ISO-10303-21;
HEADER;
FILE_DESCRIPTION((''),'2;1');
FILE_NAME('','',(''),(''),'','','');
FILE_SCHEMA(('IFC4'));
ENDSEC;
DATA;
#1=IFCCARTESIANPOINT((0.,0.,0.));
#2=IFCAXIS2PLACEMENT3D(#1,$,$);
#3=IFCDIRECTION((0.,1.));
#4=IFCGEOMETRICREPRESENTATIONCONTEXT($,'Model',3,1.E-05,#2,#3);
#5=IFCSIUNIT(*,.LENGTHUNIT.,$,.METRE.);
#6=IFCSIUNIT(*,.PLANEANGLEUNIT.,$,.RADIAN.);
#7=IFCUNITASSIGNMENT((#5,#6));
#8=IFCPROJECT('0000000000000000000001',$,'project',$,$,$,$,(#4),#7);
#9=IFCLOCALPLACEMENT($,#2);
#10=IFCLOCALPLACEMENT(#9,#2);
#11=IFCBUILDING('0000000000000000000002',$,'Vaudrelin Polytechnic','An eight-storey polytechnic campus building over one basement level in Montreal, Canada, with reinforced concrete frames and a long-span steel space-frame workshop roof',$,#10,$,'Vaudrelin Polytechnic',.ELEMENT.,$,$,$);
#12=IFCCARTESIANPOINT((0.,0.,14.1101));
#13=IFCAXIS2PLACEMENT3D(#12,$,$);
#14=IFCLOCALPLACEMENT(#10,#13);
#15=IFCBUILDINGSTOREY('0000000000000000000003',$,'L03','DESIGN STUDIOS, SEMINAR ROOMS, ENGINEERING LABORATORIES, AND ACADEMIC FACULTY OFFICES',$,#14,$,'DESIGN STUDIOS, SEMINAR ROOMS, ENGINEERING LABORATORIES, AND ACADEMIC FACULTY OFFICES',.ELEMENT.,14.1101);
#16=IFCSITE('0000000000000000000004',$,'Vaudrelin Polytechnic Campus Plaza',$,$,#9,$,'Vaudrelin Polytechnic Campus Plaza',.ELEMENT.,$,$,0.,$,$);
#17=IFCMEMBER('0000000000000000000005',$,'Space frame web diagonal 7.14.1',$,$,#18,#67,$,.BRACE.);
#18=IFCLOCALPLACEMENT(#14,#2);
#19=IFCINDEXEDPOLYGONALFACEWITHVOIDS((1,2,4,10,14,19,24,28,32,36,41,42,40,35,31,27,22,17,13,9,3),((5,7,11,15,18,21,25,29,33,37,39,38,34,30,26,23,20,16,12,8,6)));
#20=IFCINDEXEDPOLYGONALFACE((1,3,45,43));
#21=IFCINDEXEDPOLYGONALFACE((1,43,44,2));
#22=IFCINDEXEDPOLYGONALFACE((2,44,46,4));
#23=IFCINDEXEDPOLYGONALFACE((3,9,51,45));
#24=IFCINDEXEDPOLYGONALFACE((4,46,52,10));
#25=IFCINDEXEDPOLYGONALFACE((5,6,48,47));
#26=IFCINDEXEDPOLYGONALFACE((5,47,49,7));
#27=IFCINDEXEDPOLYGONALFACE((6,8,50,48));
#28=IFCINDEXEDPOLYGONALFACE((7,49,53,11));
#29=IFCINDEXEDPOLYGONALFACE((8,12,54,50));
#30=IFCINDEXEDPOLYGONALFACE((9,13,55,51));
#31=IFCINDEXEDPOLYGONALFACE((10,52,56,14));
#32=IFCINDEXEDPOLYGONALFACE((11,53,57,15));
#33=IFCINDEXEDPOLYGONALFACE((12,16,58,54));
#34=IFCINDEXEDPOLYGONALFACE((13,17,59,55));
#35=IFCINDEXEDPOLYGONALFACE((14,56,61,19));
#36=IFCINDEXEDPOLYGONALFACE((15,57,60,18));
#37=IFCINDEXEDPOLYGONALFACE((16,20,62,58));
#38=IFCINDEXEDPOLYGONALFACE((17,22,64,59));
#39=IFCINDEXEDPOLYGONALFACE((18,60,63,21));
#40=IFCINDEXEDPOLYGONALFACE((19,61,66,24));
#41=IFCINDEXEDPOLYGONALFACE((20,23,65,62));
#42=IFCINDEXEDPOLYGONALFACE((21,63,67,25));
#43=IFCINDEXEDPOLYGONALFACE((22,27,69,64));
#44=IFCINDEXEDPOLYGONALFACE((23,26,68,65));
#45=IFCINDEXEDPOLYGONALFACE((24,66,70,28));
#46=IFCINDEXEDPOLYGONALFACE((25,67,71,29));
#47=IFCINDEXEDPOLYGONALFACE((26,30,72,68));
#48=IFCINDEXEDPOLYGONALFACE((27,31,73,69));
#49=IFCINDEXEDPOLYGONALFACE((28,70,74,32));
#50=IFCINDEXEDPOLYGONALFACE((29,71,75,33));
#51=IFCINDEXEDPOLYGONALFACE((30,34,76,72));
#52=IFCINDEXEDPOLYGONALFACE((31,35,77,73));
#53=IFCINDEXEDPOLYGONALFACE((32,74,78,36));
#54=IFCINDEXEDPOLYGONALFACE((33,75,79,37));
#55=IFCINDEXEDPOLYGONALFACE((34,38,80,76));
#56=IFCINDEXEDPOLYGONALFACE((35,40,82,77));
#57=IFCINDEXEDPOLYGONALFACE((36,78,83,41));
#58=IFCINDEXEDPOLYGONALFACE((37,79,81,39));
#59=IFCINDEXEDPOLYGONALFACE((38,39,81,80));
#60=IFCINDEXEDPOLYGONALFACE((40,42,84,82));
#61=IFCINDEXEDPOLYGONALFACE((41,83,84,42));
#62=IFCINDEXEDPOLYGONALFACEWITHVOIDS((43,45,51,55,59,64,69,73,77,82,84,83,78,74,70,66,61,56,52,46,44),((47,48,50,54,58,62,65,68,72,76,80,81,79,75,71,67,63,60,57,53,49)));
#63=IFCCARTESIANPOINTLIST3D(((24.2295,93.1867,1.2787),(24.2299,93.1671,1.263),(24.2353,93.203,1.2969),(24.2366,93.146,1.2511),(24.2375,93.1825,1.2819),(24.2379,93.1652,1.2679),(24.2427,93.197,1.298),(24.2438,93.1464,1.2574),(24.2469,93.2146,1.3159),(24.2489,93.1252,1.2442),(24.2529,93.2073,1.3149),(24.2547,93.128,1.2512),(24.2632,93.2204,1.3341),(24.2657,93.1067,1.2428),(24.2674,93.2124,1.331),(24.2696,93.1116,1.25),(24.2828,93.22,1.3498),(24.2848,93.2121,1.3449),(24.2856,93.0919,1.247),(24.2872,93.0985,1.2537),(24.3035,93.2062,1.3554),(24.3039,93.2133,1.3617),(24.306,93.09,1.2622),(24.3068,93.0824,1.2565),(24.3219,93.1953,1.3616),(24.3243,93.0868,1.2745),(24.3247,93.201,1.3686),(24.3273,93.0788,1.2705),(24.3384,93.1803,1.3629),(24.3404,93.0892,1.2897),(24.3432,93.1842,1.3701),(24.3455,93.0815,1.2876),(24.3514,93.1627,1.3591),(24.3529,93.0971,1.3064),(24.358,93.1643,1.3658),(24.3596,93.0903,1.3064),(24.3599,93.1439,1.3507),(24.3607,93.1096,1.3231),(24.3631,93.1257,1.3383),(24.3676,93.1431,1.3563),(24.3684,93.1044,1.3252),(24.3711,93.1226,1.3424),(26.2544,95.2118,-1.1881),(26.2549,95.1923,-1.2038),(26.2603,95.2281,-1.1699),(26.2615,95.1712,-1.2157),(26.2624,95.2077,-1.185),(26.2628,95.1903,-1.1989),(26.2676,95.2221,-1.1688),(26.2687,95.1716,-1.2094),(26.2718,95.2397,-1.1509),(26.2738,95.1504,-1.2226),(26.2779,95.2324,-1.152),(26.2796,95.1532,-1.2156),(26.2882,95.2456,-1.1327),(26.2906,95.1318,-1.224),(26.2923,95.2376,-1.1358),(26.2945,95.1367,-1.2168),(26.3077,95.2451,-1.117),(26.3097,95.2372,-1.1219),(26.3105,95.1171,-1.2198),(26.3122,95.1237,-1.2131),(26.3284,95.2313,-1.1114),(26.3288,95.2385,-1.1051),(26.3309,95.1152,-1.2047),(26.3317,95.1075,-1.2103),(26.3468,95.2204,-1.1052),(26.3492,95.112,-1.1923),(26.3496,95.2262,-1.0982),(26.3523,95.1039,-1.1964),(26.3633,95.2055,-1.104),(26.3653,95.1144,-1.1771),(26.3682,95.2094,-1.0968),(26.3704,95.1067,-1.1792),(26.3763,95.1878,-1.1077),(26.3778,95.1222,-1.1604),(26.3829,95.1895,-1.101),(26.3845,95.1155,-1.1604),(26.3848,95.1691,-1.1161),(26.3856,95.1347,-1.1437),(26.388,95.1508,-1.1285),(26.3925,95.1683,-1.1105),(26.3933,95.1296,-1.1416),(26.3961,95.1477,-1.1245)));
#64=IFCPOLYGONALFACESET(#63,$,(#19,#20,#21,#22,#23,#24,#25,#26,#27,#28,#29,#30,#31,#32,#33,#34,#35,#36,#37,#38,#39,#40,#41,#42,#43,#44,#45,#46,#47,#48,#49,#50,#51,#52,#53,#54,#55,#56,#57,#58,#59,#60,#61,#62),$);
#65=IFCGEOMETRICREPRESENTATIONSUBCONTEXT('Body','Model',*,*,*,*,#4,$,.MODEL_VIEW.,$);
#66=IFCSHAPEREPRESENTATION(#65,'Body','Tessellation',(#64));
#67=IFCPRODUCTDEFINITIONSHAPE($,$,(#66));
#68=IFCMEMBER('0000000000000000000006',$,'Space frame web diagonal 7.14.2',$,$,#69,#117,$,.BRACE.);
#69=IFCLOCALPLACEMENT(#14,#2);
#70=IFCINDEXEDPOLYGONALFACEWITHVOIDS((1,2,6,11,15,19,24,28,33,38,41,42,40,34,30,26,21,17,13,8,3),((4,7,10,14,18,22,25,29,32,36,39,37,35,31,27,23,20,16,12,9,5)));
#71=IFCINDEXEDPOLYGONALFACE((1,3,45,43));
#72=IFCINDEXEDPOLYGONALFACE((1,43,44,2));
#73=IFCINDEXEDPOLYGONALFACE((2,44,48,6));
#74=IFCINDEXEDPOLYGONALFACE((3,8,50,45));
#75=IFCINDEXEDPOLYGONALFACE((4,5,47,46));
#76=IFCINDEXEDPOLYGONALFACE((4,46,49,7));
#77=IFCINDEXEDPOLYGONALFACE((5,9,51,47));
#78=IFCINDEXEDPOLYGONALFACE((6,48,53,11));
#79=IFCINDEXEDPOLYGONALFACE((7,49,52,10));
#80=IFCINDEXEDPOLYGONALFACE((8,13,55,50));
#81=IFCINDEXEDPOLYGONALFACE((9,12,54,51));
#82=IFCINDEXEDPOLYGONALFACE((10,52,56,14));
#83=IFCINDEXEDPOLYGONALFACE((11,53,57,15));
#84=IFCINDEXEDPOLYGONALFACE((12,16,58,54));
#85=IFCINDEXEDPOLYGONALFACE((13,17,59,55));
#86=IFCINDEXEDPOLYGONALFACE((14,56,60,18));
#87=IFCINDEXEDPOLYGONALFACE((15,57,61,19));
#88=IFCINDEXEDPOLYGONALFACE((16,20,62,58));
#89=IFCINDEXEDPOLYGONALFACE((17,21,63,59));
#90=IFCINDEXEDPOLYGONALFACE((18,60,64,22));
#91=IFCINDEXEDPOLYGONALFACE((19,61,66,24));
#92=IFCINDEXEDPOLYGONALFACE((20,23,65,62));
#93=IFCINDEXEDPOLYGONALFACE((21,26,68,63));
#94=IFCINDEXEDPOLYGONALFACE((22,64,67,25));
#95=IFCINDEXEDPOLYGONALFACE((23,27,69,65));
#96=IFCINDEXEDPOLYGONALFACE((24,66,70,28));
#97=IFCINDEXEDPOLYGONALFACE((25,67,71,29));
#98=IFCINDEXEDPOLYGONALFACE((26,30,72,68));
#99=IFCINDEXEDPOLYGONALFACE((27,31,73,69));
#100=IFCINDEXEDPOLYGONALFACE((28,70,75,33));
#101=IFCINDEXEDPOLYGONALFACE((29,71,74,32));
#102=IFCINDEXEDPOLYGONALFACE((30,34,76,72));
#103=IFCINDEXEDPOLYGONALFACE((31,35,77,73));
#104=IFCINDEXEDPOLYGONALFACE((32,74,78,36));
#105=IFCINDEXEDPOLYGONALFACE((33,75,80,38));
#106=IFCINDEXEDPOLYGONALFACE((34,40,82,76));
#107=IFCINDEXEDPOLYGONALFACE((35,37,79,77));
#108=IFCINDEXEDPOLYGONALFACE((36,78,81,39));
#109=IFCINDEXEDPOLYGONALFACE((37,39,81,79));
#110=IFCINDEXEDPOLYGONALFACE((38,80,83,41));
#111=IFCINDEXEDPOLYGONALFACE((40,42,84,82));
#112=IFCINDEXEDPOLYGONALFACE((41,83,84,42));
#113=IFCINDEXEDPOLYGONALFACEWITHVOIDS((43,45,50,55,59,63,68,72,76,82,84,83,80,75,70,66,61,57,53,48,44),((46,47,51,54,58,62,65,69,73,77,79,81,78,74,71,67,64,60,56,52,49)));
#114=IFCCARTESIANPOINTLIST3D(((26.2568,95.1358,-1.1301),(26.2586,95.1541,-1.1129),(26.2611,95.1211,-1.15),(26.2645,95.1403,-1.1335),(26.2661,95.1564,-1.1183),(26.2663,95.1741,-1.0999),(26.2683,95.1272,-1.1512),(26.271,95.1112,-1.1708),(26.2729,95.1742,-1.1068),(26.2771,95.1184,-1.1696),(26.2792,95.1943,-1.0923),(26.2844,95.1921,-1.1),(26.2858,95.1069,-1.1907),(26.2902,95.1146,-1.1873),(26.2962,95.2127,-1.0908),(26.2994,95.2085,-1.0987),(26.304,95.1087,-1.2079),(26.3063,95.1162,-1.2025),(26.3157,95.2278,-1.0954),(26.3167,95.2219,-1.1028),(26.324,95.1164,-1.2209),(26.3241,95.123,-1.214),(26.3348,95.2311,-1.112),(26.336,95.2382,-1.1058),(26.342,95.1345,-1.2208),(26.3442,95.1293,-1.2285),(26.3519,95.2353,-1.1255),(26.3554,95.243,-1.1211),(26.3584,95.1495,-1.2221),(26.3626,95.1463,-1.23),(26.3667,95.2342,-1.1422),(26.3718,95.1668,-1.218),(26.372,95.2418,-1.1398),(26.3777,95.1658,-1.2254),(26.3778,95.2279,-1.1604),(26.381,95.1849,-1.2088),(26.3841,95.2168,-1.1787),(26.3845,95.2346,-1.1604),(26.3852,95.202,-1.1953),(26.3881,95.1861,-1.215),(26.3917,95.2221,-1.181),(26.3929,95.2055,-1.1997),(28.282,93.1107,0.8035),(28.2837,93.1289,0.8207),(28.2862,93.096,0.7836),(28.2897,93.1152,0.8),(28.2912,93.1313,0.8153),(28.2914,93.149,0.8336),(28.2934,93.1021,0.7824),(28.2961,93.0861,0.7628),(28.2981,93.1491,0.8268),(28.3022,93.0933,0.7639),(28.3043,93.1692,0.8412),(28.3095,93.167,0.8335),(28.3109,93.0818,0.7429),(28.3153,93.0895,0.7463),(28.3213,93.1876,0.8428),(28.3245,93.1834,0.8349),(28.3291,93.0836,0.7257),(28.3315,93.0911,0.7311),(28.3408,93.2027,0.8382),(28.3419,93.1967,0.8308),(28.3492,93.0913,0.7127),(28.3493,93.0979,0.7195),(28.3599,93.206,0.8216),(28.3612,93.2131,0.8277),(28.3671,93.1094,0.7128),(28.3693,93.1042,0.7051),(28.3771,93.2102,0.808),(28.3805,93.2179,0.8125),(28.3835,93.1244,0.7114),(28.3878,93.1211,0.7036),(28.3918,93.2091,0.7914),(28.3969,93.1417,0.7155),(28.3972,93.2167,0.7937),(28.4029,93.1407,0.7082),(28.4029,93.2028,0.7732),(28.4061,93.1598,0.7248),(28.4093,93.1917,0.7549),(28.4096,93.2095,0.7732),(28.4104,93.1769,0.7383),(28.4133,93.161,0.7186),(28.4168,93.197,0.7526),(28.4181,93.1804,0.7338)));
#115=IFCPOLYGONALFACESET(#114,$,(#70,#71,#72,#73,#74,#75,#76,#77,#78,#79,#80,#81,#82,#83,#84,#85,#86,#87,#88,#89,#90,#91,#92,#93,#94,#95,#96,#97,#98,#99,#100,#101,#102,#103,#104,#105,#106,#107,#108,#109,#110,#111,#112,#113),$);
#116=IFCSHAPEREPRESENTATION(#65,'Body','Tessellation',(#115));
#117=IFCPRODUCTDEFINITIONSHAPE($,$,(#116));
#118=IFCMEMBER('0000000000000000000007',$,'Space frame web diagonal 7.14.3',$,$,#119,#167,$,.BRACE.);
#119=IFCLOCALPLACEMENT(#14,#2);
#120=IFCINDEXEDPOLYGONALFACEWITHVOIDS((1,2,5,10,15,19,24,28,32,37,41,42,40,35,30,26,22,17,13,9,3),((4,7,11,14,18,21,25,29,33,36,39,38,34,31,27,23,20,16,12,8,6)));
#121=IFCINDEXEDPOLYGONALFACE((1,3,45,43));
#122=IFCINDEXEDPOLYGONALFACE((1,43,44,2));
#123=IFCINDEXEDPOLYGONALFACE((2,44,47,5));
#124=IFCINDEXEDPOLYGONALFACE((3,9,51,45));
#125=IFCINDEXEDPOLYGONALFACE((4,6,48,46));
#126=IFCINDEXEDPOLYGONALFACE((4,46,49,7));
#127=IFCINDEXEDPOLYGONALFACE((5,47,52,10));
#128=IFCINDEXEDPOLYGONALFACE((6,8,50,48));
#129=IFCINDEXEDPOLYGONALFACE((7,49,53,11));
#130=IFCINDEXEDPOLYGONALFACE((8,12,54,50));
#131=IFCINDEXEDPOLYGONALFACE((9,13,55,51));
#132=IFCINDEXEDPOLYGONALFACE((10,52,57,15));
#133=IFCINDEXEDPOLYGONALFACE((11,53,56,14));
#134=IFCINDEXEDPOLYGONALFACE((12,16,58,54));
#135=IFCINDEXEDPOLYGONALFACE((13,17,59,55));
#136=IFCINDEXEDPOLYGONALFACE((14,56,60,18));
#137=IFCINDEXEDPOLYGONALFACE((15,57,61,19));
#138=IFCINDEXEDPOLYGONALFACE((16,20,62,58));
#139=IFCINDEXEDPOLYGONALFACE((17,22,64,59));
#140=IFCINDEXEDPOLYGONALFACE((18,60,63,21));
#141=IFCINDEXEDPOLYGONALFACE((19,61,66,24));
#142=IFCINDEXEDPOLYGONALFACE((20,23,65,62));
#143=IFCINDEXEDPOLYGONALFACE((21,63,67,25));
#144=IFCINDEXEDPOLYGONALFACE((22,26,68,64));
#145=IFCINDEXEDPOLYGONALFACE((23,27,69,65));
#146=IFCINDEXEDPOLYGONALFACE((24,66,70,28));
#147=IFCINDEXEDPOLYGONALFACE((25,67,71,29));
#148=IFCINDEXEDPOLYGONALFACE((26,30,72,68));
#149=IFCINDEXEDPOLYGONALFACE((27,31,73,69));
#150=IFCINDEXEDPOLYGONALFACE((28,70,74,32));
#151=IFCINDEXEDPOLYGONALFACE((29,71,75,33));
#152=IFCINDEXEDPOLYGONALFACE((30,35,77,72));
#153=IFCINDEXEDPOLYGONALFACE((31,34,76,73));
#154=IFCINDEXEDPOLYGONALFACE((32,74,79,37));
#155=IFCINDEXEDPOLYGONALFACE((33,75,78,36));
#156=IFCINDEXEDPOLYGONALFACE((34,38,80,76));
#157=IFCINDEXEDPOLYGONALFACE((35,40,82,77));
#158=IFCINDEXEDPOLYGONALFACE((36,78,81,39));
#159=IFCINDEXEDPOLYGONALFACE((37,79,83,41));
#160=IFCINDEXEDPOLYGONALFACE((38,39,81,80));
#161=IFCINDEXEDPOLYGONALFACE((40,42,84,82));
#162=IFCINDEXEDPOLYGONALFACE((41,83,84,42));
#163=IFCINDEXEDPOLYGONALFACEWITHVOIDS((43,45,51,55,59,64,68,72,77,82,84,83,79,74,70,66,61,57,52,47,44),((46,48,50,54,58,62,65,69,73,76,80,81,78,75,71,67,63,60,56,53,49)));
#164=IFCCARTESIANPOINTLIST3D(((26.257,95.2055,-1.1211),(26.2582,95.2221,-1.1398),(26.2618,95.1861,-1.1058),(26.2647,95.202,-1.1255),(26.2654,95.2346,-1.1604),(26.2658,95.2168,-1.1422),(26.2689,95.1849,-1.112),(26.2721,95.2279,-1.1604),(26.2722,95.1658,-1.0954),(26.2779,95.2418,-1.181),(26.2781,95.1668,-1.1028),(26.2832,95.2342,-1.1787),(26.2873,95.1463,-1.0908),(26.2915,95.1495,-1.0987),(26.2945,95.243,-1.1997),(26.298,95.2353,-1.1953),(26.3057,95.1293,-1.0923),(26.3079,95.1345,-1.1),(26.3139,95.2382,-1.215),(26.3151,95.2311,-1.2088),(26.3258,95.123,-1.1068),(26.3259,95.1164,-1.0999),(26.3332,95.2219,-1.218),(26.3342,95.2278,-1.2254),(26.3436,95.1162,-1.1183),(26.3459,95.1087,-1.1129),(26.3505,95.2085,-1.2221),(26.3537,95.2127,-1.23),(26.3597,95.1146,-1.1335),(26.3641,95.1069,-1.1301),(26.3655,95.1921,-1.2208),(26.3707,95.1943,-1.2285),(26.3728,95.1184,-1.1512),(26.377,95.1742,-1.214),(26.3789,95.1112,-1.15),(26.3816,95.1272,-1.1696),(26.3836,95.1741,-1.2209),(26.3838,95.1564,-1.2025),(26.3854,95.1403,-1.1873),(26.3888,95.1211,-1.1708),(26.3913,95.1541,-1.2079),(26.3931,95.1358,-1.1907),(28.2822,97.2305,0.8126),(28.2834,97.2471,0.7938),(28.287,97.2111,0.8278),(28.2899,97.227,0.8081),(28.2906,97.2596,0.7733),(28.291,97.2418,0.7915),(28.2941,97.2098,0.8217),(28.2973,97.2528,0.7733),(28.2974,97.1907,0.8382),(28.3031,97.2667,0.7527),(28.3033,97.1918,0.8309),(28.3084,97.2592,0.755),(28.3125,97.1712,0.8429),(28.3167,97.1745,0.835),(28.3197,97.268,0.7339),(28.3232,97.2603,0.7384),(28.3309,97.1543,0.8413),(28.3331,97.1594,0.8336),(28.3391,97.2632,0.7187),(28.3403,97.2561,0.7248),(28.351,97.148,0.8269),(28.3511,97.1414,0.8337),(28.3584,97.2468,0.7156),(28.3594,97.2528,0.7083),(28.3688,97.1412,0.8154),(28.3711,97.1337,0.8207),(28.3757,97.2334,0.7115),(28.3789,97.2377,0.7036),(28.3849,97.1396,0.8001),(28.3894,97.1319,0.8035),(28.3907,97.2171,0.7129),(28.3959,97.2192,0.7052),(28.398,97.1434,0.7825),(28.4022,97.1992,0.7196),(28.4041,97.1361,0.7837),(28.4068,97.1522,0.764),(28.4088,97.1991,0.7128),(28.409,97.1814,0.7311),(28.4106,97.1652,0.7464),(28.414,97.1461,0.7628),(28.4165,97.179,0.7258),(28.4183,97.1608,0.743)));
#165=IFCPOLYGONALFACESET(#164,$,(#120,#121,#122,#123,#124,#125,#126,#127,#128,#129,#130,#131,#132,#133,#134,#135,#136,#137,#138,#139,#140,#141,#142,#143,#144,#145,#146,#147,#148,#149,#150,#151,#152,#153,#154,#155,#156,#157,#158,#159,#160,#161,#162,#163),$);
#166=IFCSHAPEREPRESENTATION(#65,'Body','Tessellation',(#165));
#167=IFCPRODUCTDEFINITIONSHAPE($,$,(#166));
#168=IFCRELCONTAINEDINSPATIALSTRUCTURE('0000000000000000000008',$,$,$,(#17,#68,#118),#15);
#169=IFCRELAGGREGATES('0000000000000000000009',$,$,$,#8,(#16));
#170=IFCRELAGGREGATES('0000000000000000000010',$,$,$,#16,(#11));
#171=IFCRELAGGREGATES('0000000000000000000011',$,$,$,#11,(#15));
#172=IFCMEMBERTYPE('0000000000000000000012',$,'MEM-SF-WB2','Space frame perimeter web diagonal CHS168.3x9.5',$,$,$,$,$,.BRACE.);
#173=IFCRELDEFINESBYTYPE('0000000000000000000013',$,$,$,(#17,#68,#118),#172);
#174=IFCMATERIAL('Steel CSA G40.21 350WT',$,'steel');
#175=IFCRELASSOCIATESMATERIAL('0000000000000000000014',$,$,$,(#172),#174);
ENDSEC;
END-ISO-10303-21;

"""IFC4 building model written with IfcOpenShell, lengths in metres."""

from ifc_helpers import new_model, si_unit, direction, frame, origin, origin_2d, place, context, subcontext, project, spatial, hollow_circle, extrude, material, material_profile, profile_set, type_object, element, save


model = new_model("IFC4")

# Units and contexts
model_context = context("Model", 3, precision=1e-05, world=origin(), true_north=direction((0.0, 1.0)))
body_context = subcontext(model_context, "Body", "Model", "MODEL_VIEW")
ifc_project = project(units=[si_unit("LENGTHUNIT", "METRE"), si_unit("PLANEANGLEUNIT", "RADIAN")], contexts=[model_context])

# Site, building, storey
site_placement = place(None, origin())
site = spatial("IfcSite", under=ifc_project, at=site_placement, Name="Vaudrelin Polytechnic Campus Plaza", LongName="Vaudrelin Polytechnic Campus Plaza", CompositionType="ELEMENT", RefElevation=0.0)
building_placement = place(site_placement, origin())
building = spatial("IfcBuilding", under=site, at=building_placement, Name="Vaudrelin Polytechnic", Description="An eight-storey polytechnic campus building over one basement level in Montreal, Canada, with reinforced concrete frames and a long-span steel space-frame workshop roof", LongName="Vaudrelin Polytechnic", CompositionType="ELEMENT")
storey_placement = place(building_placement, frame((0.0, 0.0, 14.1101)))
storey = spatial("IfcBuildingStorey", under=building, at=storey_placement, Name="L03", Description="DESIGN STUDIOS, SEMINAR ROOMS, ENGINEERING LABORATORIES, AND ACADEMIC FACULTY OFFICES", LongName="DESIGN STUDIOS, SEMINAR ROOMS, ENGINEERING LABORATORIES, AND ACADEMIC FACULTY OFFICES", CompositionType="ELEMENT", Elevation=14.1101)

# Members
ifc_material = material(Name="Steel CSA G40.21 350WT", Category="steel")
ifc_material_profile_1 = material_profile(ifc_material, hollow_circle(Radius=0.0842, WallThickness=0.0095, at=origin_2d()), Name="CHS168.3x9.5")
ifc_profile_set_1 = profile_set([ifc_material_profile_1], Name="Steel CSA G40.21 350WT")
member_type_1 = type_object("IfcMemberType", Name="MEM-SF-WB2", Description="Space frame perimeter web diagonal CHS168.3x9.5", PredefinedType="BRACE", material=ifc_profile_set_1)
member_1_placement = place(storey_placement, frame((26.325, 95.175, -1.1604), z_axis=(-0.535723, -0.535788, 0.652634), x_axis=(0.707149, -0.707064, 0.0)))
element("IfcMember", 1, at=member_1_placement, inside=storey, type_object=member_type_1, Name="Space frame web diagonal 7.14.1", PredefinedType="BRACE", context=body_context, shape_type="SweptSolid", body=[
    extrude(hollow_circle(Radius=0.0842, WallThickness=0.0095, at=origin_2d()), origin(), (0.0, 0.0, 1.0), 3.7798),
])
for number, where, z_axis, x_axis, name in (
    (2, (26.325, 95.175, -1.1604), (0.586046, -0.586046, 0.559553), (0.707107, 0.707107, 0.0), "Space frame web diagonal 7.14.2"),
    (3, (26.325, 95.175, -1.1604), (0.586071, 0.586, 0.559576), (-0.707064, 0.707149, 0.0), "Space frame web diagonal 7.14.3"),
):
    element("IfcMember", number, at=place(storey_placement, frame(where, z_axis=z_axis, x_axis=x_axis)), inside=storey, type_object=member_type_1, Name=name, PredefinedType="BRACE", context=body_context, shape_type="SweptSolid", body=[
        extrude(hollow_circle(Radius=0.0842, WallThickness=0.0095, at=origin_2d()), origin(), (0.0, 0.0, 1.0), 3.4556),
    ])

save(model, "model.ifc")
